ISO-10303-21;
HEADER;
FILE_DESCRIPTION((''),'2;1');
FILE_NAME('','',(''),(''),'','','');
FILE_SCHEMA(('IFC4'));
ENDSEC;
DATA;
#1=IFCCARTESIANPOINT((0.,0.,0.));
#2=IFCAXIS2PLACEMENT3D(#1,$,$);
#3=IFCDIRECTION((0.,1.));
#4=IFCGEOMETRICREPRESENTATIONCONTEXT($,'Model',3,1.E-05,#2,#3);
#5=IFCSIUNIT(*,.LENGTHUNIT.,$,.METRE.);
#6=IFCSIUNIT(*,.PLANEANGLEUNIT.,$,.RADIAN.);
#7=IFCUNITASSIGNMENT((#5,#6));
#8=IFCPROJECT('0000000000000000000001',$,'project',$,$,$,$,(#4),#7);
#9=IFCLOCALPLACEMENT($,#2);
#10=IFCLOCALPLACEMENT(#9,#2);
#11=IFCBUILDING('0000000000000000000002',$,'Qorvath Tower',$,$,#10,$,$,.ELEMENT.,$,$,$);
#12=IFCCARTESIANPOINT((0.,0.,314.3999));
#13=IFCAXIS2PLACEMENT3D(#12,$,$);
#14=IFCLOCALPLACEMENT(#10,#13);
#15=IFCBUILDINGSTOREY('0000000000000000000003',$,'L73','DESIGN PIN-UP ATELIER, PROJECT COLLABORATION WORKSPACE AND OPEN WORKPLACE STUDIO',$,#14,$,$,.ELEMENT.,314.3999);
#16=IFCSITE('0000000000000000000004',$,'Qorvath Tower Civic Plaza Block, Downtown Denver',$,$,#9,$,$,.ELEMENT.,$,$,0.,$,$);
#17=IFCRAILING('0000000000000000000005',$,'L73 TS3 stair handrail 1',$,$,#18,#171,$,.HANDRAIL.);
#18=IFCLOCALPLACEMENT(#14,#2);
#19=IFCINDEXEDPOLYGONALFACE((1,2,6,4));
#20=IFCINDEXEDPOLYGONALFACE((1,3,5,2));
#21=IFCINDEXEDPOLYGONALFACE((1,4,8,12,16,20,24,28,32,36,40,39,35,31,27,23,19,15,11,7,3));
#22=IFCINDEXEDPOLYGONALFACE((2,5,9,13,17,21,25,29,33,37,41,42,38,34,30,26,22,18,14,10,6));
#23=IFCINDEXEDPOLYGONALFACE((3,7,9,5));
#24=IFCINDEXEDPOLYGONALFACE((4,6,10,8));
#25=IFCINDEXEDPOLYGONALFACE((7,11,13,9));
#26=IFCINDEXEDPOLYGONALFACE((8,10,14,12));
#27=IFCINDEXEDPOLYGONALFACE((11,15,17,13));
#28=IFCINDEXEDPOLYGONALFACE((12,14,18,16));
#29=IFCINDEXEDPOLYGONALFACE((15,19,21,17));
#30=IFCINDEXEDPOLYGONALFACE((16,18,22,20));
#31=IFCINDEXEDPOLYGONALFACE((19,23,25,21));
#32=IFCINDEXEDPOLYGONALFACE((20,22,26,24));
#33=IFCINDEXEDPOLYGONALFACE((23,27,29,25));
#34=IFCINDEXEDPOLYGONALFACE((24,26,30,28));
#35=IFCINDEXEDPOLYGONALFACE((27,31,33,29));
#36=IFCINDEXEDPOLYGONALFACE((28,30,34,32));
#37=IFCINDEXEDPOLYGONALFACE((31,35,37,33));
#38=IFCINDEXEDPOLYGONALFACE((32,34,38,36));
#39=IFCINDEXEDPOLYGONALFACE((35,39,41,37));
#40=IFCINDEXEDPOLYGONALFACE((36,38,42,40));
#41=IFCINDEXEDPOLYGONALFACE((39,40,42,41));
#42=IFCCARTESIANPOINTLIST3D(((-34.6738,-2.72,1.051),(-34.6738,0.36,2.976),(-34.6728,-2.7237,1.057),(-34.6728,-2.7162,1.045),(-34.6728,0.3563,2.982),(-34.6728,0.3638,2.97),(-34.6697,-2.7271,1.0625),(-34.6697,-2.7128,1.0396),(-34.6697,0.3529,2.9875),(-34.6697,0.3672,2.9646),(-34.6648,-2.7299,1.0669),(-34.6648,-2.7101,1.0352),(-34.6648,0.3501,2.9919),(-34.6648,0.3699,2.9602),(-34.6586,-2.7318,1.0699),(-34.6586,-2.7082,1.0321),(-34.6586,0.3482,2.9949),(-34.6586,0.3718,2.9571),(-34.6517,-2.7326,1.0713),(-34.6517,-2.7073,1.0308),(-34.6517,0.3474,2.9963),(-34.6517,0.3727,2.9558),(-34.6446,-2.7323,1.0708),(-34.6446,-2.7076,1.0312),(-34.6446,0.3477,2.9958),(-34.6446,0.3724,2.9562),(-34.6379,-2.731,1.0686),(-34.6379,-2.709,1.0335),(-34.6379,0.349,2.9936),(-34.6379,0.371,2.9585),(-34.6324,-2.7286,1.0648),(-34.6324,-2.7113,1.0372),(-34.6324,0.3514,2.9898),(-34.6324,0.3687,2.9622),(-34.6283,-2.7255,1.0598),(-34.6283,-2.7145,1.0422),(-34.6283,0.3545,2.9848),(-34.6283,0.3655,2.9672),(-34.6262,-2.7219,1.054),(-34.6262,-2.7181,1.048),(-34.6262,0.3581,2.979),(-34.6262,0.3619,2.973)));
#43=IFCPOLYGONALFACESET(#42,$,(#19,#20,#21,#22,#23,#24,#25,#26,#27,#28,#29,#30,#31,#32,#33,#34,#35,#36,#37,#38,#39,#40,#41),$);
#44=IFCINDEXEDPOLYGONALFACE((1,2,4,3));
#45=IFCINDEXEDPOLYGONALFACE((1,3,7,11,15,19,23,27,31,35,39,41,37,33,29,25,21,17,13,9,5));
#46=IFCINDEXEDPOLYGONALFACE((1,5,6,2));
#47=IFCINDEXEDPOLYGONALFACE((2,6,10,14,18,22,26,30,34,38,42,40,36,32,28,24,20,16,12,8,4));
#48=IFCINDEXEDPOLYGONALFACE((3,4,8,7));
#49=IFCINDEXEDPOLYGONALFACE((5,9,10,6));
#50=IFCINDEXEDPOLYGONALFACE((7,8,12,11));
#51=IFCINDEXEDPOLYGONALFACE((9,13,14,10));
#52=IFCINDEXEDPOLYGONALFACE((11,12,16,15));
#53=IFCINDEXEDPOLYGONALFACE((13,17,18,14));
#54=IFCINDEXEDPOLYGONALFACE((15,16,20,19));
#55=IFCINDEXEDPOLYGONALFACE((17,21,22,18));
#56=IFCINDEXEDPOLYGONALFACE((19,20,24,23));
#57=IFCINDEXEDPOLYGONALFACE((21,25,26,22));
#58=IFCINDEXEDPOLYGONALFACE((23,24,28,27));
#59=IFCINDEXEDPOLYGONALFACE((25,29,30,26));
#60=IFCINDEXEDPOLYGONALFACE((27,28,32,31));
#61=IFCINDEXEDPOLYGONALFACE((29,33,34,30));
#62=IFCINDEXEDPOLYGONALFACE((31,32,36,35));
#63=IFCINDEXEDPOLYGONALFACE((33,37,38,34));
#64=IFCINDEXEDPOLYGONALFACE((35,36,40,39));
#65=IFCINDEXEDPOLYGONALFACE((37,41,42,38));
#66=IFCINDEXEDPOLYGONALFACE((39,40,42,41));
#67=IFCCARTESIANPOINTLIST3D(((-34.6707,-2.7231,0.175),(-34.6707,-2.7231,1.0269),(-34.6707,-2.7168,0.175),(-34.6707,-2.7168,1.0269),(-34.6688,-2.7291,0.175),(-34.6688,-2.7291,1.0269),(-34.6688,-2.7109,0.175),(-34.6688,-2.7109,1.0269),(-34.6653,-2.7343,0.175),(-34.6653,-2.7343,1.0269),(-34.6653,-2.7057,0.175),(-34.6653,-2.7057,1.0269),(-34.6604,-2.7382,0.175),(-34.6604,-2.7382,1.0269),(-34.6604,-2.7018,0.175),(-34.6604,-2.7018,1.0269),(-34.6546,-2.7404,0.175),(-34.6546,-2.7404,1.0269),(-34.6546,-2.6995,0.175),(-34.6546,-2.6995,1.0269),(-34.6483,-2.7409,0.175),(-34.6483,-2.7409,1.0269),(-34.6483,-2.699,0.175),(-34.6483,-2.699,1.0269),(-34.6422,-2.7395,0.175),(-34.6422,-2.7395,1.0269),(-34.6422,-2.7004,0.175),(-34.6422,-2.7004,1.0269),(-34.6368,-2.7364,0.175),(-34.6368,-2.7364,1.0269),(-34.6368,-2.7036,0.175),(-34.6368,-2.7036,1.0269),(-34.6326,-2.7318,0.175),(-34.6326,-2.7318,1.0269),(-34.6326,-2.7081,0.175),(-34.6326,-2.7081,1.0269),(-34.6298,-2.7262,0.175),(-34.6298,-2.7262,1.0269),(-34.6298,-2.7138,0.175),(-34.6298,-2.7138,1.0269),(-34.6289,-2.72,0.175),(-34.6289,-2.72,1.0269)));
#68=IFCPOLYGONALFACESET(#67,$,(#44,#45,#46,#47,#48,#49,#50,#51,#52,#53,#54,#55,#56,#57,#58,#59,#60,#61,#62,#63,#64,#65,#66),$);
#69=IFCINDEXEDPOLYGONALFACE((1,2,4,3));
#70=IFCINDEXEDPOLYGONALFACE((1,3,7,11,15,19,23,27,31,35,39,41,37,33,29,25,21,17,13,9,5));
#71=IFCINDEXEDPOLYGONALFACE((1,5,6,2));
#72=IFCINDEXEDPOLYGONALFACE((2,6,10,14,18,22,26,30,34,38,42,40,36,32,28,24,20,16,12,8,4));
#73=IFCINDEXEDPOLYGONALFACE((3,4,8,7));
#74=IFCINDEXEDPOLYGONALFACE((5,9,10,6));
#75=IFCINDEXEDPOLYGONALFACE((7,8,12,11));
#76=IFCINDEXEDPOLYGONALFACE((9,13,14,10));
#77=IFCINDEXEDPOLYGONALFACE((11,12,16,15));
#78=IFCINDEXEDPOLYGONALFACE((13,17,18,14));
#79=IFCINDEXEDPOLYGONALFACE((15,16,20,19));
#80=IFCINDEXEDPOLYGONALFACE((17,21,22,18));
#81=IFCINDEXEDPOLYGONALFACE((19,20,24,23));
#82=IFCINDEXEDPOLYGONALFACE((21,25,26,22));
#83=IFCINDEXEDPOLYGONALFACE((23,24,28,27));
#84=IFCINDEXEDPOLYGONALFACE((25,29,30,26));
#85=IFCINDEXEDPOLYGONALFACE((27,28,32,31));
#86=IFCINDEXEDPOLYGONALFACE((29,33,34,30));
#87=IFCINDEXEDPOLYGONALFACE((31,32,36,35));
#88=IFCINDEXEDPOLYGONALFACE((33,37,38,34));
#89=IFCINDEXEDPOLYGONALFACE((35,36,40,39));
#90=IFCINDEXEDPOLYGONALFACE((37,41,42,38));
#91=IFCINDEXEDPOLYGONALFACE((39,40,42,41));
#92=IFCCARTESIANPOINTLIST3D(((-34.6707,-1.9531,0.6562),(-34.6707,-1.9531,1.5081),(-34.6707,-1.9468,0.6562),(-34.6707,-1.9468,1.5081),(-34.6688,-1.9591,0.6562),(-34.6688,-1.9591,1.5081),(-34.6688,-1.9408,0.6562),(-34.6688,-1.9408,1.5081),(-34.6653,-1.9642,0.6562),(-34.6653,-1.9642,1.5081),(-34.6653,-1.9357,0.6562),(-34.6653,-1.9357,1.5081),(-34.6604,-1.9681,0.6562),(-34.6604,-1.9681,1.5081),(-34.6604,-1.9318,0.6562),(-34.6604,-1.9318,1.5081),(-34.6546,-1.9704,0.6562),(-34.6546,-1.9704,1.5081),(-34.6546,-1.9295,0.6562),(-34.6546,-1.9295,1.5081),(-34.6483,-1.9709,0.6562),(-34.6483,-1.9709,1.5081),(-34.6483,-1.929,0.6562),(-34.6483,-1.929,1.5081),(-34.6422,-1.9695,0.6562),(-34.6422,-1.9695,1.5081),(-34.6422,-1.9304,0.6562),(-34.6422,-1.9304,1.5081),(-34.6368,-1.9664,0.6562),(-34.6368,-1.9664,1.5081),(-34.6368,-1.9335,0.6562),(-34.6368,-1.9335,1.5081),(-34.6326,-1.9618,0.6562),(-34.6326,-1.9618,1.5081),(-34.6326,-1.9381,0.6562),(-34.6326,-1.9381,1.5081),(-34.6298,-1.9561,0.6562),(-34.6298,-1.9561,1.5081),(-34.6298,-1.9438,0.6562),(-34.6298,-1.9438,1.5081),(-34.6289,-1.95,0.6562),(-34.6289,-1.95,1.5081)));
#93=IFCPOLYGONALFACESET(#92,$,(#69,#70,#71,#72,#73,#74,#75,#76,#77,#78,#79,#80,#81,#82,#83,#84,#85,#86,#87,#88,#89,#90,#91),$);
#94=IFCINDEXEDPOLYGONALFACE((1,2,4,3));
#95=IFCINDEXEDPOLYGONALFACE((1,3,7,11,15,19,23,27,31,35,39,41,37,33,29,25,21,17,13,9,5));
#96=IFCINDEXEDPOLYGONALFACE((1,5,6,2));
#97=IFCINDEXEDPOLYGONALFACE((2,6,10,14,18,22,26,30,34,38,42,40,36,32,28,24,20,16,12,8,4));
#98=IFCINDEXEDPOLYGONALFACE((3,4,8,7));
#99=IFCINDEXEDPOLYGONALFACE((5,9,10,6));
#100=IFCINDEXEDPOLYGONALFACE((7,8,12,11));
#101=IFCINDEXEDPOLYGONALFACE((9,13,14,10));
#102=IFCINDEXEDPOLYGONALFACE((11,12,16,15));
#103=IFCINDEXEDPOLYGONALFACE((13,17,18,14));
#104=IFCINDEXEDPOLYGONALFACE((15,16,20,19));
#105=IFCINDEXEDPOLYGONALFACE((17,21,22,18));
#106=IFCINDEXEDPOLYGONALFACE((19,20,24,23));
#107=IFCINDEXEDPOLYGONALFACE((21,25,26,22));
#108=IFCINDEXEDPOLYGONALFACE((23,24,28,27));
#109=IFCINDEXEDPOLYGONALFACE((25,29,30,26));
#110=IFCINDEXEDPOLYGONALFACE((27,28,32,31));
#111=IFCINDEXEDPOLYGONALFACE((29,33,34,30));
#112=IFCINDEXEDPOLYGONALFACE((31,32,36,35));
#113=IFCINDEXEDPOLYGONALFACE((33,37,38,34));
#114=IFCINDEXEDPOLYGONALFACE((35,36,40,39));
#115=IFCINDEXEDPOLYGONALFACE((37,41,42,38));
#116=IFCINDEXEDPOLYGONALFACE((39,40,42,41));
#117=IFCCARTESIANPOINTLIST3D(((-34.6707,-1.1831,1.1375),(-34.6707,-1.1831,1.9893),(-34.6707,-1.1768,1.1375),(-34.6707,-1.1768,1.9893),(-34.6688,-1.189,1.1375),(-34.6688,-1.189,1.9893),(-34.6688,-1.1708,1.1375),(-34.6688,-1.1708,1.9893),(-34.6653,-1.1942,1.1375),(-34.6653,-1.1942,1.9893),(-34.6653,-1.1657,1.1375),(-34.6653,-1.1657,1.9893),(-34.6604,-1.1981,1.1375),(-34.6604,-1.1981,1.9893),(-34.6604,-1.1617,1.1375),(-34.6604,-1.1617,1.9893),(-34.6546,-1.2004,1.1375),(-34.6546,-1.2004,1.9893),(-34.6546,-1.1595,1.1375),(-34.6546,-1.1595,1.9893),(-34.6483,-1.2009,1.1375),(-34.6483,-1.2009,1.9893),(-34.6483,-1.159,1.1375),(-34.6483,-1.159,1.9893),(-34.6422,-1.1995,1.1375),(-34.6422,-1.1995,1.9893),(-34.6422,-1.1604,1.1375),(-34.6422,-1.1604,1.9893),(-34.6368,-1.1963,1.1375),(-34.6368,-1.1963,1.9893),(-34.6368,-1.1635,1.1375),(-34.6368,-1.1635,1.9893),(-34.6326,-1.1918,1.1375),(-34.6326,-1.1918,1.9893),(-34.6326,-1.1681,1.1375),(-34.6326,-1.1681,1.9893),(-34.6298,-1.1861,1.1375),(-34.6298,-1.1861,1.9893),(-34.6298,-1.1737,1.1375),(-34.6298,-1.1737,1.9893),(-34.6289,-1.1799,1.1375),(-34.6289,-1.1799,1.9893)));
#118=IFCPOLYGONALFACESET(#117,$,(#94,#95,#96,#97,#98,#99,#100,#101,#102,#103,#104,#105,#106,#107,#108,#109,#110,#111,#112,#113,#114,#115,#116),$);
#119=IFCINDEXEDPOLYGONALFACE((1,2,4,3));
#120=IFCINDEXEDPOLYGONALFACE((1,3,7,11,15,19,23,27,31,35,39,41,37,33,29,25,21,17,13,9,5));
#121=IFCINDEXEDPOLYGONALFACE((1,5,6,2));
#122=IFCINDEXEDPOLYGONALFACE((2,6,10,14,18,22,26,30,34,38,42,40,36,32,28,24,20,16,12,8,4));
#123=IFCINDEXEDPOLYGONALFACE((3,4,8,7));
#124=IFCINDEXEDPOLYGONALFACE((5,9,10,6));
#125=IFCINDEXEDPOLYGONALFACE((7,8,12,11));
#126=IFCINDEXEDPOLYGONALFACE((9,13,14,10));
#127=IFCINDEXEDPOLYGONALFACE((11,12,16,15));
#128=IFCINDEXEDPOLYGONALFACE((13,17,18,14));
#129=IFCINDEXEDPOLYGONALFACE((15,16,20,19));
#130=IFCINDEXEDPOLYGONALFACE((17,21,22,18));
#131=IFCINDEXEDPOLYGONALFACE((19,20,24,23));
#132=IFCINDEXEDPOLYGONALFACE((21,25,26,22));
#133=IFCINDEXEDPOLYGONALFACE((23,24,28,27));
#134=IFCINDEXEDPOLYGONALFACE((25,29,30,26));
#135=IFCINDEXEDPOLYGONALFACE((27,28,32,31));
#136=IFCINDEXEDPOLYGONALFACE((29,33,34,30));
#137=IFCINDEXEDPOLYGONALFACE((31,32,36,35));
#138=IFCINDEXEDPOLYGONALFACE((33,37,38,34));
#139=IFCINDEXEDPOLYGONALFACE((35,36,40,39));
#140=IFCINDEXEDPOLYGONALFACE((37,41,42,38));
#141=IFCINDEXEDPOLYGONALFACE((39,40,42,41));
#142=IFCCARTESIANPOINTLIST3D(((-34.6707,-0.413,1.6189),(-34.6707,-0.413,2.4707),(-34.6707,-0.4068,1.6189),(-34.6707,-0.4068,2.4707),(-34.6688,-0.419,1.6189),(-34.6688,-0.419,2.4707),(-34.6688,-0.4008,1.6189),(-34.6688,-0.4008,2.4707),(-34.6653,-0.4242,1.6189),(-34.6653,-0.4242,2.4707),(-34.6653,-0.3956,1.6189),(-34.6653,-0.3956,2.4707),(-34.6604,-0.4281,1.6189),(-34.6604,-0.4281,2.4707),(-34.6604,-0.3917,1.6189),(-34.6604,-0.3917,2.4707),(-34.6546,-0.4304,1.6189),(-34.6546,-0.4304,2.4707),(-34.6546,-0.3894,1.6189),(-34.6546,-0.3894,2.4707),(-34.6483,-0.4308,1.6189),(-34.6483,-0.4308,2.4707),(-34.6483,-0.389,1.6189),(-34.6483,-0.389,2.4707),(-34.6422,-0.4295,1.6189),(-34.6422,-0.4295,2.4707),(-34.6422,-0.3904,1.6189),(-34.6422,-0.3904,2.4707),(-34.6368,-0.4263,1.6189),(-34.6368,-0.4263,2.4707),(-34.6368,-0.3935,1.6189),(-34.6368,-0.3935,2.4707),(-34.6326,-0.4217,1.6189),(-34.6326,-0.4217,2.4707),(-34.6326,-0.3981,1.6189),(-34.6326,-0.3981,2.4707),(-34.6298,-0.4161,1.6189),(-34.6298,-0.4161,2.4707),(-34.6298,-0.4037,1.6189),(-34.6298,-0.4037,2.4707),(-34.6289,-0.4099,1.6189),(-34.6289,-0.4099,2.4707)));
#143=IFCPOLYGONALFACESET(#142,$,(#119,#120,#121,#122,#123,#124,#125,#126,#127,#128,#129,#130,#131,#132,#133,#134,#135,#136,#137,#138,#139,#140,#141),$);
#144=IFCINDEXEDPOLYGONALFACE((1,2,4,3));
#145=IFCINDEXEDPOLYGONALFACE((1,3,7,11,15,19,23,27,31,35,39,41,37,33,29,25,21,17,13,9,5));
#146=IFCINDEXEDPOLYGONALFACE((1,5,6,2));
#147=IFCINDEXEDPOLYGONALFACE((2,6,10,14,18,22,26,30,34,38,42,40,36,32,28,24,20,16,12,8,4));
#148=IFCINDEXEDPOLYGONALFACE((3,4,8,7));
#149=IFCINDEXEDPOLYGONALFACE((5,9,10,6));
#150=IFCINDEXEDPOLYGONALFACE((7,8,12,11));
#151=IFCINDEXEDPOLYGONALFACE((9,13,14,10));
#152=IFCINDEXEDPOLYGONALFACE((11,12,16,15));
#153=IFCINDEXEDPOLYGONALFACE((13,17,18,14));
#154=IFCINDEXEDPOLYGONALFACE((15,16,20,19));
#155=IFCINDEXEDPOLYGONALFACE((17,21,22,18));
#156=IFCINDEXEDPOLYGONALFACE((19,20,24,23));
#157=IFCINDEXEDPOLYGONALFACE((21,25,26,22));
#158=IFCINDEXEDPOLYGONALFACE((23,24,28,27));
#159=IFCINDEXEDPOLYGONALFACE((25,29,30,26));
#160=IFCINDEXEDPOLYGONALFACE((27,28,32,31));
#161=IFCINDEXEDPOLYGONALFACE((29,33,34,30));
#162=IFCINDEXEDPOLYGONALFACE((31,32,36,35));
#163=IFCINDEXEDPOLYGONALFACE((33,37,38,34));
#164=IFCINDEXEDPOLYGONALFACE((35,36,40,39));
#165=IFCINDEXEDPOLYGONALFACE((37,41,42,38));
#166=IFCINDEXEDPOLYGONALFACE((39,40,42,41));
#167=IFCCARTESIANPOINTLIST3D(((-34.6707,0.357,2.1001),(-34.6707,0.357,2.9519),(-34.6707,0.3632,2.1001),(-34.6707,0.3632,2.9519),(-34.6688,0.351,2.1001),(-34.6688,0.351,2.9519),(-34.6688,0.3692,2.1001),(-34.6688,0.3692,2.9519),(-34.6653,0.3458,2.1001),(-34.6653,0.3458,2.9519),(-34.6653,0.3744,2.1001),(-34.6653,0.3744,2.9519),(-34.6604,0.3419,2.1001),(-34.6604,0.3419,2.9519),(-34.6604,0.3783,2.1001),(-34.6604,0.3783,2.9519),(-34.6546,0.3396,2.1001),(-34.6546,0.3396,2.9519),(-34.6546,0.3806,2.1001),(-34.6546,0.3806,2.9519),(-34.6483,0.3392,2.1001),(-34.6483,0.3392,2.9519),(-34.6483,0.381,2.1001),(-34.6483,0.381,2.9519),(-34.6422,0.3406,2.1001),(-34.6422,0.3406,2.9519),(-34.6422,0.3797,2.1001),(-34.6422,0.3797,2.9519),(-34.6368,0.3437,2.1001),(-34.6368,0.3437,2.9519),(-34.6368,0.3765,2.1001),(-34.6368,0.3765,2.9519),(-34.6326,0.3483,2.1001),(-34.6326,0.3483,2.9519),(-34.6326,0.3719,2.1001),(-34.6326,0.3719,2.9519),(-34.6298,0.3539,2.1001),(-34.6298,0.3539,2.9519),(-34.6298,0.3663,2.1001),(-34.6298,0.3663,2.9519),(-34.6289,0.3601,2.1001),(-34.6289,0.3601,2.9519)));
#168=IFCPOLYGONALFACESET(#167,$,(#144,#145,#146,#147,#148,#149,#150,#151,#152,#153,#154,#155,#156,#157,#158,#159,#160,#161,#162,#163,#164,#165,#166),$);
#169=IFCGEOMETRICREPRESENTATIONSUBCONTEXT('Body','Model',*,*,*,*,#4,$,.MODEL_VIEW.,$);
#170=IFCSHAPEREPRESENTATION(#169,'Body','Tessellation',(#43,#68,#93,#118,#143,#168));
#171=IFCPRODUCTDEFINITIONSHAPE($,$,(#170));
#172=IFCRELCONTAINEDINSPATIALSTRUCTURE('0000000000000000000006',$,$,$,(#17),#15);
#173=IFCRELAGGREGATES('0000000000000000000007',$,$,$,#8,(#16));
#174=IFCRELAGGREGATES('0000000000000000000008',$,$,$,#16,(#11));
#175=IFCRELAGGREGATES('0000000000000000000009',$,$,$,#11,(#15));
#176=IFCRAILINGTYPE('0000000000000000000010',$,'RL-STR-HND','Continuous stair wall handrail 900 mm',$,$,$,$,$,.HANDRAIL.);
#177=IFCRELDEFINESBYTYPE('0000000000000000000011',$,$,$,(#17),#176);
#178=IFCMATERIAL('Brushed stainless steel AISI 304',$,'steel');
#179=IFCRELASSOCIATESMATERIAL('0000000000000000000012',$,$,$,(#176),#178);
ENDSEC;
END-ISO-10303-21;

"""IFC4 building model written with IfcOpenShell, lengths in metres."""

from ifc_helpers import new_model, si_unit, direction, frame, origin, origin_2d, place, context, subcontext, project, spatial, circle, extrude, material, type_object, element, save


model = new_model("IFC4")

# Units and contexts
model_context = context("Model", 3, precision=1e-05, world=origin(), true_north=direction((0.0, 1.0)))
body_context = subcontext(model_context, "Body", "Model", "MODEL_VIEW")
ifc_project = project(units=[si_unit("LENGTHUNIT", "METRE"), si_unit("PLANEANGLEUNIT", "RADIAN")], contexts=[model_context])

# Site, building, storey
site_placement = place(None, origin())
site = spatial("IfcSite", under=ifc_project, at=site_placement, Name="Qorvath Tower Civic Plaza Block, Downtown Denver", CompositionType="ELEMENT", RefElevation=0.0)
building_placement = place(site_placement, origin())
building = spatial("IfcBuilding", under=site, at=building_placement, Name="Qorvath Tower", CompositionType="ELEMENT")
storey_placement = place(building_placement, frame((0.0, 0.0, 314.3999)))
storey = spatial("IfcBuildingStorey", under=building, at=storey_placement, Name="L73", Description="DESIGN PIN-UP ATELIER, PROJECT COLLABORATION WORKSPACE AND OPEN WORKPLACE STUDIO", CompositionType="ELEMENT", Elevation=314.3999)

# Railing
ifc_material_1 = material(Name="Brushed stainless steel AISI 304", Category="steel")
railing_type = type_object("IfcRailingType", Name="RL-STR-HND", Description="Continuous stair wall handrail 900 mm", PredefinedType="HANDRAIL", material=ifc_material_1)
railing_placement = place(storey_placement, frame((-34.6499, -2.72, 0.175)))
element("IfcRailing", 1, at=railing_placement, inside=storey, type_object=railing_type, Name="L73 TS3 stair handrail 1", PredefinedType="HANDRAIL", context=body_context, shape_type="SweptSolid", body=[
    extrude(circle(Radius=0.0239, at=origin_2d()), frame((0.0, 0.0, 0.876), z_axis=(0.0, 0.847998, 0.529999), x_axis=(-1.0, 0.0, 0.0)), (0.0, 0.0, 1.0), 3.6321),
    extrude(circle(Radius=0.021, at=origin_2d()), origin(), (0.0, 0.0, 1.0), 0.8518),
    extrude(circle(Radius=0.021, at=origin_2d()), frame((0.0, 0.77, 0.4812)), (0.0, 0.0, 1.0), 0.8518),
    extrude(circle(Radius=0.021, at=origin_2d()), frame((0.0, 1.54, 0.9624)), (0.0, 0.0, 1.0), 0.8518),
    extrude(circle(Radius=0.021, at=origin_2d()), frame((0.0, 2.3101, 1.4438)), (0.0, 0.0, 1.0), 0.8518),
    extrude(circle(Radius=0.021, at=origin_2d()), frame((0.0, 3.0801, 1.925)), (0.0, 0.0, 1.0), 0.8518),
])

save(model, "model.ifc")
